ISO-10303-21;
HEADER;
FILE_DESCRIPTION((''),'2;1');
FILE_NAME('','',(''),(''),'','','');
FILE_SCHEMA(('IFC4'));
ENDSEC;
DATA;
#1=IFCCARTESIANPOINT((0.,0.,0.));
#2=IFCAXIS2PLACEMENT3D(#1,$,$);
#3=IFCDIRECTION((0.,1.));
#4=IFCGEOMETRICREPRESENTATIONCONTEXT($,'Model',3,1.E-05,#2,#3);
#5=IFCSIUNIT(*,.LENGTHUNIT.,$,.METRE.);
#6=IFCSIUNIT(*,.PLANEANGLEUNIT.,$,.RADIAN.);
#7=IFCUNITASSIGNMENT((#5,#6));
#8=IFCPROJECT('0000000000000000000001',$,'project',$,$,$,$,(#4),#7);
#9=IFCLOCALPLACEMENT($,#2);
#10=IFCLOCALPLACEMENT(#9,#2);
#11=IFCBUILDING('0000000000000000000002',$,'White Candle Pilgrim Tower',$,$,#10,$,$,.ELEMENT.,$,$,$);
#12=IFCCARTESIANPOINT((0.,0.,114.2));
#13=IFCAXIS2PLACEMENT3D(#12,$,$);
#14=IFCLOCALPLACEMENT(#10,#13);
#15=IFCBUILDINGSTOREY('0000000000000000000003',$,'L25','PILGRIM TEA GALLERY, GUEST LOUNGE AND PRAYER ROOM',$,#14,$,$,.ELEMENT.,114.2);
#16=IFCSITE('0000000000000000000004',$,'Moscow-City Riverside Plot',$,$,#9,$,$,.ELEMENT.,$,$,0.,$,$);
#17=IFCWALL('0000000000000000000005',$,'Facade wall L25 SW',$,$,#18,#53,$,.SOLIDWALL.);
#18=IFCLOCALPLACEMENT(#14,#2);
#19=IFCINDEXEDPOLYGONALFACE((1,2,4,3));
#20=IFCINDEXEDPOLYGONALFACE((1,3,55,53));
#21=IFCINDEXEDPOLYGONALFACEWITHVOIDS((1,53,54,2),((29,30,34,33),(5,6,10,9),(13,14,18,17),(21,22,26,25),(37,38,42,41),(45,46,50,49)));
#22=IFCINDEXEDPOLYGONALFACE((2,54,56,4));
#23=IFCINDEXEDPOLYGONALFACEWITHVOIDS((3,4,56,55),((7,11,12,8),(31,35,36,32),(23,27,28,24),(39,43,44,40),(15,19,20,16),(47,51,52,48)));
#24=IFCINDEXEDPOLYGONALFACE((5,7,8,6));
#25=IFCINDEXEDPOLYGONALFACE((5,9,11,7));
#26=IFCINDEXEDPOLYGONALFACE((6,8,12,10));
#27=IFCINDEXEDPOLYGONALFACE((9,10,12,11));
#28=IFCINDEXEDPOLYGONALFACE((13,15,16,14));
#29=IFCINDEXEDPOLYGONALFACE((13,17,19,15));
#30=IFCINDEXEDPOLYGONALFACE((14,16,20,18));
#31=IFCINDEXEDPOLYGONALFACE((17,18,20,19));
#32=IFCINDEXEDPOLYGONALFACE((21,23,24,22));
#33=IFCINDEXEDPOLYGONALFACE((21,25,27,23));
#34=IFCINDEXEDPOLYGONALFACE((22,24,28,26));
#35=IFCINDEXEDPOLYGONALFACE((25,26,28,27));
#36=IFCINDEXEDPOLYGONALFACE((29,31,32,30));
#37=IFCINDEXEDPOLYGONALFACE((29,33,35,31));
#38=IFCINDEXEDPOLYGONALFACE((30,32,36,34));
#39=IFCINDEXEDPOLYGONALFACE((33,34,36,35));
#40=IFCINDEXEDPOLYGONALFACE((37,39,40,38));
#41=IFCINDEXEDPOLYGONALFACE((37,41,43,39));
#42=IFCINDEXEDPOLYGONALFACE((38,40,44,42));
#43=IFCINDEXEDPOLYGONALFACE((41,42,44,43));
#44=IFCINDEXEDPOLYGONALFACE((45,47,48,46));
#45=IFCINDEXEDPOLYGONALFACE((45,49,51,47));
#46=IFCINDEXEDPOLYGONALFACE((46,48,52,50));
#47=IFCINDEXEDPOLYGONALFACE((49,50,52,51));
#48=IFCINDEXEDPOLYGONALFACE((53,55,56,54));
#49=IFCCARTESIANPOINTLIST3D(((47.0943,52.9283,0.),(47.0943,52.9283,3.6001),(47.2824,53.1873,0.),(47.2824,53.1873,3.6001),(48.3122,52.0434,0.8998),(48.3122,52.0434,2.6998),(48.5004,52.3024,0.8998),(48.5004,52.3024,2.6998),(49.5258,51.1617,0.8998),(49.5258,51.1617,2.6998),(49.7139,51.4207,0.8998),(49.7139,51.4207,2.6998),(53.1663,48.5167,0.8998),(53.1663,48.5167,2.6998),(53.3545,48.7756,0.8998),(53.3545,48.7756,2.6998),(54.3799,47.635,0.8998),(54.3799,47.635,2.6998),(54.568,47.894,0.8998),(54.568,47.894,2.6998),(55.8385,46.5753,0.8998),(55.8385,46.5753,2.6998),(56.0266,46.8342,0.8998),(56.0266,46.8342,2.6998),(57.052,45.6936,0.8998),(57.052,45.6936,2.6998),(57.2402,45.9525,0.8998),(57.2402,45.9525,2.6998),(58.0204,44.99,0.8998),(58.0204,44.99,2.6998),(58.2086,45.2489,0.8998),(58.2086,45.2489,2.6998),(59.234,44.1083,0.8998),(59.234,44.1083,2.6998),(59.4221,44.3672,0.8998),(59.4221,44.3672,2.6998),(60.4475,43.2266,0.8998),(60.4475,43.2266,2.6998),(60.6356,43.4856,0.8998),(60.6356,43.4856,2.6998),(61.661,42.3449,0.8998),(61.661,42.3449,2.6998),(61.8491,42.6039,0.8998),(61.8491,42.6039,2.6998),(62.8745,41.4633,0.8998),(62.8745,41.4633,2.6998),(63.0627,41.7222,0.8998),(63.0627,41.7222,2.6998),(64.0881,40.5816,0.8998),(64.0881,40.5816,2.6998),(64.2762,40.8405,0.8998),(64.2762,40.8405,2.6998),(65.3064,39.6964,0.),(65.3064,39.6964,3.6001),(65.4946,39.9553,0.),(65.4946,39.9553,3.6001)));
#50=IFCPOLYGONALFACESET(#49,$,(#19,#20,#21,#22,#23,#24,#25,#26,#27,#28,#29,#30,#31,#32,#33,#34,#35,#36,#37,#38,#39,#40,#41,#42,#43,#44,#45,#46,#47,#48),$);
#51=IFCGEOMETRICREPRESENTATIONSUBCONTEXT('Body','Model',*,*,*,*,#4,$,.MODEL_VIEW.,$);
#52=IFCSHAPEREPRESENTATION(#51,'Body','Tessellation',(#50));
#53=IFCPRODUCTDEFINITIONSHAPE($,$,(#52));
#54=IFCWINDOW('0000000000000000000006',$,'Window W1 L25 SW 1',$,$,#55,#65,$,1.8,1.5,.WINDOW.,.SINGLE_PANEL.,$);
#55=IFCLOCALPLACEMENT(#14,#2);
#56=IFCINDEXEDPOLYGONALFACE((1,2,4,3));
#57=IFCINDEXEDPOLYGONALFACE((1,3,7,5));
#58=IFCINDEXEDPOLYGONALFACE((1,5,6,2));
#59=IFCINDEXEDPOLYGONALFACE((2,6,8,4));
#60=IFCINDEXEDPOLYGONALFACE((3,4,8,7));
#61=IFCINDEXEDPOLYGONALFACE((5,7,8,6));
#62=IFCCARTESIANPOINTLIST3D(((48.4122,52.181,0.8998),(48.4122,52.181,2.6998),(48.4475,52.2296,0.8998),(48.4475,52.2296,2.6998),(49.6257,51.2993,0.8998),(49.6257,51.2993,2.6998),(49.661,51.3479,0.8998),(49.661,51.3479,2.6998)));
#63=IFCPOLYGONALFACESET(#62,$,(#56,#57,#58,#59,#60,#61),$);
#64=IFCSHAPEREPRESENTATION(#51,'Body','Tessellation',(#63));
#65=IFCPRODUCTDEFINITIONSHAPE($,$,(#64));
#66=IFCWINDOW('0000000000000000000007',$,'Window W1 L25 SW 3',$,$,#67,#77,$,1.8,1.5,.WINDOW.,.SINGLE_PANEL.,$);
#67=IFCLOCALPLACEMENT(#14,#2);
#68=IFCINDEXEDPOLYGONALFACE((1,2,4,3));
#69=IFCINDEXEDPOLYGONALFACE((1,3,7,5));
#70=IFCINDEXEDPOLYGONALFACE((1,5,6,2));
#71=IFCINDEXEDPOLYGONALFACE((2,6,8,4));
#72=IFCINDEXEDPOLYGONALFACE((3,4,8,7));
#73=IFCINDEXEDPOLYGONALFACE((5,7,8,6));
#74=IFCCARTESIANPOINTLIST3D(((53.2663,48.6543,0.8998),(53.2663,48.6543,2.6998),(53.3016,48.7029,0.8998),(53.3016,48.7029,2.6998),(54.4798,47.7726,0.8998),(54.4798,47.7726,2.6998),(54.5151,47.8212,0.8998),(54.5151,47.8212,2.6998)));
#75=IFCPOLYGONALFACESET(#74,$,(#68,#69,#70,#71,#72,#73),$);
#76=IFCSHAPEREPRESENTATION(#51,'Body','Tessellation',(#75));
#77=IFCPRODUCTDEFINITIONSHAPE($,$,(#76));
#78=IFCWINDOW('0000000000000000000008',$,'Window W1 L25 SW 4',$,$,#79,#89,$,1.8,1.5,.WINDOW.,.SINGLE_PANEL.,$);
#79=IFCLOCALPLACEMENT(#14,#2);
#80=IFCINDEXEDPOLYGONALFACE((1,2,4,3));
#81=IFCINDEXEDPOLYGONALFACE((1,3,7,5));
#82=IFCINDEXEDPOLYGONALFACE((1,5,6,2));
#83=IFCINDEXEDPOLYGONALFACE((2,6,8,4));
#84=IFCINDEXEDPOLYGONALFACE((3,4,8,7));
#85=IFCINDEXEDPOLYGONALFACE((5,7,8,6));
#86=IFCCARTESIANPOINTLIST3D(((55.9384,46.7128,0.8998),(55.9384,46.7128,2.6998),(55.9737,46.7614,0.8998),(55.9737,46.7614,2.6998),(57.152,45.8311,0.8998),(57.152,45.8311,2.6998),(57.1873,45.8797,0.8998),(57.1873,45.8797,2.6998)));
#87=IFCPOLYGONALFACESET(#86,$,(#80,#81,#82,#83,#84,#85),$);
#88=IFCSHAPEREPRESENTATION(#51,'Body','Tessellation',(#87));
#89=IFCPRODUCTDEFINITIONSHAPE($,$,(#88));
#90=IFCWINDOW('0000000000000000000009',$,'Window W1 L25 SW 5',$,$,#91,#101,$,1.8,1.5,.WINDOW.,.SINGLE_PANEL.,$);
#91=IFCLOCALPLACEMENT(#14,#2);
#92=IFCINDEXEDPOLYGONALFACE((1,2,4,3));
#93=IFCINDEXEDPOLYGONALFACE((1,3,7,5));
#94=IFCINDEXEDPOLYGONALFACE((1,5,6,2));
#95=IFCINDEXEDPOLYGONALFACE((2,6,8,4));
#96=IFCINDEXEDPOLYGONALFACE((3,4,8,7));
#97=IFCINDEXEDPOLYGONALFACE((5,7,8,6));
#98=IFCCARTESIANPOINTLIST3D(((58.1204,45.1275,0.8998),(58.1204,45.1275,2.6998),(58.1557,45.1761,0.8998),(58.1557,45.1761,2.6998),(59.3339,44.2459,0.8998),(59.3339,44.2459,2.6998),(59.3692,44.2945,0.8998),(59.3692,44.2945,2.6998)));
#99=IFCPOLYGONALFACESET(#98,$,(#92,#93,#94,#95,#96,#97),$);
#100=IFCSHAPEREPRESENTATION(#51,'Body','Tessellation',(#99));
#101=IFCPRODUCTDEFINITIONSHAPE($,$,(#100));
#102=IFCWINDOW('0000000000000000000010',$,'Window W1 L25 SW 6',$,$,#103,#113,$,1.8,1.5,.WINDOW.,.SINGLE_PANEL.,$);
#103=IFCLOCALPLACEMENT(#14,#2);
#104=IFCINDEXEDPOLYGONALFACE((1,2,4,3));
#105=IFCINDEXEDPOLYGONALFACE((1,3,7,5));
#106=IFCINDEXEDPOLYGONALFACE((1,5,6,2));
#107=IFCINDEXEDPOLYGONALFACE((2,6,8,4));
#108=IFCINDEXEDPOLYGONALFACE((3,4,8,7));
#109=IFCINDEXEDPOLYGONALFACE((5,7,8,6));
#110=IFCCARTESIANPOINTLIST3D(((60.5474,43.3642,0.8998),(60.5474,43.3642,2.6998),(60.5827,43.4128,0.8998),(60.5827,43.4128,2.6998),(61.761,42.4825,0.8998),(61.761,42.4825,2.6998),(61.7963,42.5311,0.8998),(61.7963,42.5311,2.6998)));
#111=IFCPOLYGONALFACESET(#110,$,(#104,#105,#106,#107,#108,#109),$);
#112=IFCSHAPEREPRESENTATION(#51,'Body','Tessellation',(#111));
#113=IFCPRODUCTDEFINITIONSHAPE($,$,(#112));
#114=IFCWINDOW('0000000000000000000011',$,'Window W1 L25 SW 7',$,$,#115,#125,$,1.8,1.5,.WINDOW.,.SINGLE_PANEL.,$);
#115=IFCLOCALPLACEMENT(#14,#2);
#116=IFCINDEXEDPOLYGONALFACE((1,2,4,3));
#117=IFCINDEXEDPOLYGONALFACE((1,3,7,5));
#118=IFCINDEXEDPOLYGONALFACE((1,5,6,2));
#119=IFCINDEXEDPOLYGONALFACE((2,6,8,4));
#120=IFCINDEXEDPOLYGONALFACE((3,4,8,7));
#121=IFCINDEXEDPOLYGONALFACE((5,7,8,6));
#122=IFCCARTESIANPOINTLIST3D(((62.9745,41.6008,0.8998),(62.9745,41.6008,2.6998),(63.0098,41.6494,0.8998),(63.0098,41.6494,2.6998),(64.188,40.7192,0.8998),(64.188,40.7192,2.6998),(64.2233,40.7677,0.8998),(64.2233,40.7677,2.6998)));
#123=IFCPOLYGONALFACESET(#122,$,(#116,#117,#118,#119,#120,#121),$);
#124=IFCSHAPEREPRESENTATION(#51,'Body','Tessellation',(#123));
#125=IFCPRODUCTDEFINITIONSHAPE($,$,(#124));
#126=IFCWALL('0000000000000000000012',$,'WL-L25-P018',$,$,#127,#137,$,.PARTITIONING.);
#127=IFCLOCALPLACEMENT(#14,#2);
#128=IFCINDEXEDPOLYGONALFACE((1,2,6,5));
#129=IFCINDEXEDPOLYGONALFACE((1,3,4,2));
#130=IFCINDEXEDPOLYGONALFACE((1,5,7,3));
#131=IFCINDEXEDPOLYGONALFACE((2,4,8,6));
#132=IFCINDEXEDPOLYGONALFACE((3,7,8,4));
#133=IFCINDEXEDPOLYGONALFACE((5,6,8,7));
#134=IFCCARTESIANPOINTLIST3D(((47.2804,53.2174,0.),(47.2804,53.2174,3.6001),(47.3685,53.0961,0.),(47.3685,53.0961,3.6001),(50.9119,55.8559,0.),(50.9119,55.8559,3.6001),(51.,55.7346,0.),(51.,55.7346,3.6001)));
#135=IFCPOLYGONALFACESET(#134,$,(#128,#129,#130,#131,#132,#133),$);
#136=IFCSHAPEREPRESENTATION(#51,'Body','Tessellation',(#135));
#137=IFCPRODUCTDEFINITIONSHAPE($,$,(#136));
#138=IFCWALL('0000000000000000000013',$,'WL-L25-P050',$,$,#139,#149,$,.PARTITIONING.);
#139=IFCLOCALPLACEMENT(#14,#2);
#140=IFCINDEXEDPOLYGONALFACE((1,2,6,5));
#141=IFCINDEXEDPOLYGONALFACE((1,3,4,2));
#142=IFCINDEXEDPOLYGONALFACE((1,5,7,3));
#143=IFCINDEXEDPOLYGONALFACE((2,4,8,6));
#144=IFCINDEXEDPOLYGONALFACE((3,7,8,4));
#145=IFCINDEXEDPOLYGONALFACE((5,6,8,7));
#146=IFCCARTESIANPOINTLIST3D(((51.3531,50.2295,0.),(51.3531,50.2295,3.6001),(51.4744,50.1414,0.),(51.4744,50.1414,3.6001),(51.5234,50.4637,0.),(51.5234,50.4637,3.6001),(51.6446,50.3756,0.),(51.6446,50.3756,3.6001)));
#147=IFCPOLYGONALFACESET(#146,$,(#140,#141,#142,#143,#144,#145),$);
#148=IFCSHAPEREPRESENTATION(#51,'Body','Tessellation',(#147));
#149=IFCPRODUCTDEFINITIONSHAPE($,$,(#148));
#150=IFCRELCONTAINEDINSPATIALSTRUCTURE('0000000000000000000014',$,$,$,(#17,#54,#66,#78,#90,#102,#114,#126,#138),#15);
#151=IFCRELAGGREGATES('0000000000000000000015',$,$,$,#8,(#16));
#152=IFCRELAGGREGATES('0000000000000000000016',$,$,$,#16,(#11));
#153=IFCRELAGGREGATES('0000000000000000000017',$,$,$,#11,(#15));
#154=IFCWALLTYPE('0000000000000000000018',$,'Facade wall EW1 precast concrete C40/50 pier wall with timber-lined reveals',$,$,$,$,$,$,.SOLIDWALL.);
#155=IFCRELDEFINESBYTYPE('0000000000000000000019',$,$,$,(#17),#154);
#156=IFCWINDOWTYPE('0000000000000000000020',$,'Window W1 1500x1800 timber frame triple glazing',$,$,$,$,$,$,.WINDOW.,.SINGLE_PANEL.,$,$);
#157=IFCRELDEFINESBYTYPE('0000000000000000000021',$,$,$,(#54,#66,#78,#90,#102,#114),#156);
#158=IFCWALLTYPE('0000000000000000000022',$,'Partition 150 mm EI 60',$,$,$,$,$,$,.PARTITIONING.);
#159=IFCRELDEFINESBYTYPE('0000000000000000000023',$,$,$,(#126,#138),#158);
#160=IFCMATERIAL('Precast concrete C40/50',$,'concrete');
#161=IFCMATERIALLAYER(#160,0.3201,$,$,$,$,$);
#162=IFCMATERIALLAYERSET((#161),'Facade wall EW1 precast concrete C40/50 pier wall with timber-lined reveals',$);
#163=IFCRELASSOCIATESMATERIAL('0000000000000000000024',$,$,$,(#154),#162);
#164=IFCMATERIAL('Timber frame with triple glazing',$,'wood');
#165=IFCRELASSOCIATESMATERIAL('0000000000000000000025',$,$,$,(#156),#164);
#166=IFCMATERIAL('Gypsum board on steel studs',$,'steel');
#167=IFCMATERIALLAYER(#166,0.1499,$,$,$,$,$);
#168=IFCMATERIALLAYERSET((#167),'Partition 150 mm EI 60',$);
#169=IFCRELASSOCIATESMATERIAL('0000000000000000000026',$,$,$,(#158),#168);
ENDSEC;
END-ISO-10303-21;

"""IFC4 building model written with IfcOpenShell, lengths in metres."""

from ifc_helpers import new_model, si_unit, direction, frame, frame_2d, origin, place, context, subcontext, project, spatial, rectangle, extrude, material, layer, layer_set, type_object, element, fill, save


model = new_model("IFC4")

# Units and contexts
model_context = context("Model", 3, precision=1e-05, world=origin(), true_north=direction((0.0, 1.0)))
body_context = subcontext(model_context, "Body", "Model", "MODEL_VIEW")
ifc_project = project(units=[si_unit("LENGTHUNIT", "METRE"), si_unit("PLANEANGLEUNIT", "RADIAN")], contexts=[model_context])

# Site, building, storey
site_placement = place(None, origin())
site = spatial("IfcSite", under=ifc_project, at=site_placement, Name="Moscow-City Riverside Plot", CompositionType="ELEMENT", RefElevation=0.0)
building_placement = place(site_placement, origin())
building = spatial("IfcBuilding", under=site, at=building_placement, Name="White Candle Pilgrim Tower", CompositionType="ELEMENT")
storey_placement = place(building_placement, frame((0.0, 0.0, 114.2)))
storey = spatial("IfcBuildingStorey", under=building, at=storey_placement, Name="L25", Description="PILGRIM TEA GALLERY, GUEST LOUNGE AND PRAYER ROOM", CompositionType="ELEMENT", Elevation=114.2)

# Shared definitions
ifc_material_1 = material(Name="Gypsum board on steel studs", Category="steel")

# Wall, openings, windows
ifc_material_2 = material(Name="Precast concrete C40/50", Category="concrete")
ifc_layer_1 = layer(ifc_material_2, 0.3201)
ifc_layer_set_1 = layer_set([ifc_layer_1], Name="Facade wall EW1 precast concrete C40/50 pier wall with timber-lined reveals")
wall_type_1 = type_object("IfcWallType", Name="Facade wall EW1 precast concrete C40/50 pier wall with timber-lined reveals", PredefinedType="SOLIDWALL", material=ifc_layer_set_1)
wall_1_placement = place(storey_placement, frame((47.1882, 53.0579, 0.0), z_axis=(0.0, 0.0, 1.0), x_axis=(0.809016, -0.587786, 0.0)))
wall_1 = element("IfcWall", 1, at=wall_1_placement, inside=storey, type_object=wall_type_1, Name="Facade wall L25 SW", PredefinedType="SOLIDWALL", context=body_context, shape_type="SweptSolid", body=[
    extrude(rectangle(XDim=22.5115, YDim=0.3201, at=frame_2d((11.2559, 0.0))), origin(), (0.0, 0.0, 1.0), 3.6001),
])
opening_1_placement = place(wall_1_placement, frame((1.5056, 0.0, 0.8999)))
opening_1 = element("IfcOpeningElement", 2, at=opening_1_placement, cuts=wall_1, PredefinedType="OPENING", context=body_context, shape_type="SweptSolid", body=[
    extrude(rectangle(XDim=1.5, YDim=1.8, at=frame_2d((0.75, 0.8999))), frame((0.0, 0.1699, 0.0), z_axis=(0.0, -1.0, 0.0), x_axis=(1.0, 0.0, 0.0)), (0.0, 0.0, 1.0), 0.3401),
])
opening_2_placement = place(wall_1_placement, frame((7.5056, 0.0, 0.8999)))
opening_2 = element("IfcOpeningElement", 3, at=opening_2_placement, cuts=wall_1, PredefinedType="OPENING", context=body_context, shape_type="SweptSolid", body=[
    extrude(rectangle(XDim=1.5, YDim=1.8, at=frame_2d((0.75, 0.8999))), frame((0.0, 0.1699, 0.0), z_axis=(0.0, -1.0, 0.0), x_axis=(1.0, 0.0, 0.0)), (0.0, 0.0, 1.0), 0.3401),
])
opening_3_placement = place(wall_1_placement, frame((10.8086, 0.0, 0.8999)))
opening_3 = element("IfcOpeningElement", 4, at=opening_3_placement, cuts=wall_1, PredefinedType="OPENING", context=body_context, shape_type="SweptSolid", body=[
    extrude(rectangle(XDim=1.5, YDim=1.8, at=frame_2d((0.75, 0.8999))), frame((0.0, 0.1699, 0.0), z_axis=(0.0, -1.0, 0.0), x_axis=(1.0, 0.0, 0.0)), (0.0, 0.0, 1.0), 0.3401),
])
opening_4_placement = place(wall_1_placement, frame((13.5056, 0.0, 0.8999)))
opening_4 = element("IfcOpeningElement", 5, at=opening_4_placement, cuts=wall_1, PredefinedType="OPENING", context=body_context, shape_type="SweptSolid", body=[
    extrude(rectangle(XDim=1.5, YDim=1.8, at=frame_2d((0.75, 0.8999))), frame((0.0, 0.1699, 0.0), z_axis=(0.0, -1.0, 0.0), x_axis=(1.0, 0.0, 0.0)), (0.0, 0.0, 1.0), 0.3401),
])
opening_5_placement = place(wall_1_placement, frame((16.5056, 0.0, 0.8999)))
opening_5 = element("IfcOpeningElement", 6, at=opening_5_placement, cuts=wall_1, PredefinedType="OPENING", context=body_context, shape_type="SweptSolid", body=[
    extrude(rectangle(XDim=1.5, YDim=1.8, at=frame_2d((0.75, 0.8999))), frame((0.0, 0.1699, 0.0), z_axis=(0.0, -1.0, 0.0), x_axis=(1.0, 0.0, 0.0)), (0.0, 0.0, 1.0), 0.3401),
])
opening_6_placement = place(wall_1_placement, frame((19.5056, 0.0, 0.8999)))
opening_6 = element("IfcOpeningElement", 7, at=opening_6_placement, cuts=wall_1, PredefinedType="OPENING", context=body_context, shape_type="SweptSolid", body=[
    extrude(rectangle(XDim=1.5, YDim=1.8, at=frame_2d((0.75, 0.8999))), frame((0.0, 0.1699, 0.0), z_axis=(0.0, -1.0, 0.0), x_axis=(1.0, 0.0, 0.0)), (0.0, 0.0, 1.0), 0.3401),
])
ifc_material_3 = material(Name="Timber frame with triple glazing", Category="wood")
window_type = type_object("IfcWindowType", Name="Window W1 1500x1800 timber frame triple glazing", PartitioningType="SINGLE_PANEL", PredefinedType="WINDOW", material=ifc_material_3)
window_1_placement = place(opening_1_placement, origin())
window_1 = element("IfcWindow", 8, at=window_1_placement, inside=storey, type_object=window_type, Name="Window W1 L25 SW 1", OverallHeight=1.8, OverallWidth=1.5, PartitioningType="SINGLE_PANEL", PredefinedType="WINDOW", context=body_context, shape_type="SweptSolid", body=[
    extrude(rectangle(XDim=1.5, YDim=1.8, at=frame_2d((0.75, 0.8999))), frame((0.0, 0.0701, 0.0), z_axis=(0.0, -1.0, 0.0), x_axis=(1.0, 0.0, 0.0)), (0.0, 0.0, 1.0), 0.0601),
])
fill(opening_1, window_1)
window_2_placement = place(opening_2_placement, origin())
window_2 = element("IfcWindow", 9, at=window_2_placement, inside=storey, type_object=window_type, Name="Window W1 L25 SW 3", OverallHeight=1.8, OverallWidth=1.5, PartitioningType="SINGLE_PANEL", PredefinedType="WINDOW", context=body_context, shape_type="SweptSolid", body=[
    extrude(rectangle(XDim=1.5, YDim=1.8, at=frame_2d((0.75, 0.8999))), frame((0.0, 0.0701, 0.0), z_axis=(0.0, -1.0, 0.0), x_axis=(1.0, 0.0, 0.0)), (0.0, 0.0, 1.0), 0.0601),
])
fill(opening_2, window_2)
window_3_placement = place(opening_3_placement, origin())
window_3 = element("IfcWindow", 10, at=window_3_placement, inside=storey, type_object=window_type, Name="Window W1 L25 SW 4", OverallHeight=1.8, OverallWidth=1.5, PartitioningType="SINGLE_PANEL", PredefinedType="WINDOW", context=body_context, shape_type="SweptSolid", body=[
    extrude(rectangle(XDim=1.5, YDim=1.8, at=frame_2d((0.75, 0.8999))), frame((0.0, 0.0701, 0.0), z_axis=(0.0, -1.0, 0.0), x_axis=(1.0, 0.0, 0.0)), (0.0, 0.0, 1.0), 0.0601),
])
fill(opening_3, window_3)
window_4_placement = place(opening_4_placement, origin())
window_4 = element("IfcWindow", 11, at=window_4_placement, inside=storey, type_object=window_type, Name="Window W1 L25 SW 5", OverallHeight=1.8, OverallWidth=1.5, PartitioningType="SINGLE_PANEL", PredefinedType="WINDOW", context=body_context, shape_type="SweptSolid", body=[
    extrude(rectangle(XDim=1.5, YDim=1.8, at=frame_2d((0.75, 0.8999))), frame((0.0, 0.0701, 0.0), z_axis=(0.0, -1.0, 0.0), x_axis=(1.0, 0.0, 0.0)), (0.0, 0.0, 1.0), 0.0601),
])
fill(opening_4, window_4)
window_5_placement = place(opening_5_placement, origin())
window_5 = element("IfcWindow", 12, at=window_5_placement, inside=storey, type_object=window_type, Name="Window W1 L25 SW 6", OverallHeight=1.8, OverallWidth=1.5, PartitioningType="SINGLE_PANEL", PredefinedType="WINDOW", context=body_context, shape_type="SweptSolid", body=[
    extrude(rectangle(XDim=1.5, YDim=1.8, at=frame_2d((0.75, 0.8999))), frame((0.0, 0.0701, 0.0), z_axis=(0.0, -1.0, 0.0), x_axis=(1.0, 0.0, 0.0)), (0.0, 0.0, 1.0), 0.0601),
])
fill(opening_5, window_5)
window_6_placement = place(opening_6_placement, origin())
window_6 = element("IfcWindow", 13, at=window_6_placement, inside=storey, type_object=window_type, Name="Window W1 L25 SW 7", OverallHeight=1.8, OverallWidth=1.5, PartitioningType="SINGLE_PANEL", PredefinedType="WINDOW", context=body_context, shape_type="SweptSolid", body=[
    extrude(rectangle(XDim=1.5, YDim=1.8, at=frame_2d((0.75, 0.8999))), frame((0.0, 0.0701, 0.0), z_axis=(0.0, -1.0, 0.0), x_axis=(1.0, 0.0, 0.0)), (0.0, 0.0, 1.0), 0.0601),
])
fill(opening_6, window_6)

# Walls
ifc_layer_2 = layer(ifc_material_1, 0.1499)
ifc_layer_set_2 = layer_set([ifc_layer_2], Name="Partition 150 mm EI 60")
wall_type_2 = type_object("IfcWallType", Name="Partition 150 mm EI 60", PredefinedType="PARTITIONING", material=ifc_layer_set_2)
wall_2_placement = place(storey_placement, frame((47.3245, 53.1567, 0.0), z_axis=(0.0, 0.0, 1.0), x_axis=(0.809006, 0.5878, 0.0)))
element("IfcWall", 14, at=wall_2_placement, inside=storey, type_object=wall_type_2, Name="WL-L25-P018", PredefinedType="PARTITIONING", context=body_context, shape_type="SweptSolid", body=[
    extrude(rectangle(XDim=4.4888, YDim=0.1499, at=frame_2d((2.2444, 0.0))), origin(), (0.0, 0.0, 1.0), 3.6001),
])
wall_3_placement = place(storey_placement, frame((51.584, 50.4197, 0.0), z_axis=(0.0, 0.0, 1.0), x_axis=(-0.587921, -0.808918, 0.0)))
element("IfcWall", 15, at=wall_3_placement, inside=storey, type_object=wall_type_2, Name="WL-L25-P050", PredefinedType="PARTITIONING", context=body_context, shape_type="SweptSolid", body=[
    extrude(rectangle(XDim=0.2896, YDim=0.1499, at=frame_2d((0.1448, 0.0))), origin(), (0.0, 0.0, 1.0), 3.6001),
])

save(model, "model.ifc")
